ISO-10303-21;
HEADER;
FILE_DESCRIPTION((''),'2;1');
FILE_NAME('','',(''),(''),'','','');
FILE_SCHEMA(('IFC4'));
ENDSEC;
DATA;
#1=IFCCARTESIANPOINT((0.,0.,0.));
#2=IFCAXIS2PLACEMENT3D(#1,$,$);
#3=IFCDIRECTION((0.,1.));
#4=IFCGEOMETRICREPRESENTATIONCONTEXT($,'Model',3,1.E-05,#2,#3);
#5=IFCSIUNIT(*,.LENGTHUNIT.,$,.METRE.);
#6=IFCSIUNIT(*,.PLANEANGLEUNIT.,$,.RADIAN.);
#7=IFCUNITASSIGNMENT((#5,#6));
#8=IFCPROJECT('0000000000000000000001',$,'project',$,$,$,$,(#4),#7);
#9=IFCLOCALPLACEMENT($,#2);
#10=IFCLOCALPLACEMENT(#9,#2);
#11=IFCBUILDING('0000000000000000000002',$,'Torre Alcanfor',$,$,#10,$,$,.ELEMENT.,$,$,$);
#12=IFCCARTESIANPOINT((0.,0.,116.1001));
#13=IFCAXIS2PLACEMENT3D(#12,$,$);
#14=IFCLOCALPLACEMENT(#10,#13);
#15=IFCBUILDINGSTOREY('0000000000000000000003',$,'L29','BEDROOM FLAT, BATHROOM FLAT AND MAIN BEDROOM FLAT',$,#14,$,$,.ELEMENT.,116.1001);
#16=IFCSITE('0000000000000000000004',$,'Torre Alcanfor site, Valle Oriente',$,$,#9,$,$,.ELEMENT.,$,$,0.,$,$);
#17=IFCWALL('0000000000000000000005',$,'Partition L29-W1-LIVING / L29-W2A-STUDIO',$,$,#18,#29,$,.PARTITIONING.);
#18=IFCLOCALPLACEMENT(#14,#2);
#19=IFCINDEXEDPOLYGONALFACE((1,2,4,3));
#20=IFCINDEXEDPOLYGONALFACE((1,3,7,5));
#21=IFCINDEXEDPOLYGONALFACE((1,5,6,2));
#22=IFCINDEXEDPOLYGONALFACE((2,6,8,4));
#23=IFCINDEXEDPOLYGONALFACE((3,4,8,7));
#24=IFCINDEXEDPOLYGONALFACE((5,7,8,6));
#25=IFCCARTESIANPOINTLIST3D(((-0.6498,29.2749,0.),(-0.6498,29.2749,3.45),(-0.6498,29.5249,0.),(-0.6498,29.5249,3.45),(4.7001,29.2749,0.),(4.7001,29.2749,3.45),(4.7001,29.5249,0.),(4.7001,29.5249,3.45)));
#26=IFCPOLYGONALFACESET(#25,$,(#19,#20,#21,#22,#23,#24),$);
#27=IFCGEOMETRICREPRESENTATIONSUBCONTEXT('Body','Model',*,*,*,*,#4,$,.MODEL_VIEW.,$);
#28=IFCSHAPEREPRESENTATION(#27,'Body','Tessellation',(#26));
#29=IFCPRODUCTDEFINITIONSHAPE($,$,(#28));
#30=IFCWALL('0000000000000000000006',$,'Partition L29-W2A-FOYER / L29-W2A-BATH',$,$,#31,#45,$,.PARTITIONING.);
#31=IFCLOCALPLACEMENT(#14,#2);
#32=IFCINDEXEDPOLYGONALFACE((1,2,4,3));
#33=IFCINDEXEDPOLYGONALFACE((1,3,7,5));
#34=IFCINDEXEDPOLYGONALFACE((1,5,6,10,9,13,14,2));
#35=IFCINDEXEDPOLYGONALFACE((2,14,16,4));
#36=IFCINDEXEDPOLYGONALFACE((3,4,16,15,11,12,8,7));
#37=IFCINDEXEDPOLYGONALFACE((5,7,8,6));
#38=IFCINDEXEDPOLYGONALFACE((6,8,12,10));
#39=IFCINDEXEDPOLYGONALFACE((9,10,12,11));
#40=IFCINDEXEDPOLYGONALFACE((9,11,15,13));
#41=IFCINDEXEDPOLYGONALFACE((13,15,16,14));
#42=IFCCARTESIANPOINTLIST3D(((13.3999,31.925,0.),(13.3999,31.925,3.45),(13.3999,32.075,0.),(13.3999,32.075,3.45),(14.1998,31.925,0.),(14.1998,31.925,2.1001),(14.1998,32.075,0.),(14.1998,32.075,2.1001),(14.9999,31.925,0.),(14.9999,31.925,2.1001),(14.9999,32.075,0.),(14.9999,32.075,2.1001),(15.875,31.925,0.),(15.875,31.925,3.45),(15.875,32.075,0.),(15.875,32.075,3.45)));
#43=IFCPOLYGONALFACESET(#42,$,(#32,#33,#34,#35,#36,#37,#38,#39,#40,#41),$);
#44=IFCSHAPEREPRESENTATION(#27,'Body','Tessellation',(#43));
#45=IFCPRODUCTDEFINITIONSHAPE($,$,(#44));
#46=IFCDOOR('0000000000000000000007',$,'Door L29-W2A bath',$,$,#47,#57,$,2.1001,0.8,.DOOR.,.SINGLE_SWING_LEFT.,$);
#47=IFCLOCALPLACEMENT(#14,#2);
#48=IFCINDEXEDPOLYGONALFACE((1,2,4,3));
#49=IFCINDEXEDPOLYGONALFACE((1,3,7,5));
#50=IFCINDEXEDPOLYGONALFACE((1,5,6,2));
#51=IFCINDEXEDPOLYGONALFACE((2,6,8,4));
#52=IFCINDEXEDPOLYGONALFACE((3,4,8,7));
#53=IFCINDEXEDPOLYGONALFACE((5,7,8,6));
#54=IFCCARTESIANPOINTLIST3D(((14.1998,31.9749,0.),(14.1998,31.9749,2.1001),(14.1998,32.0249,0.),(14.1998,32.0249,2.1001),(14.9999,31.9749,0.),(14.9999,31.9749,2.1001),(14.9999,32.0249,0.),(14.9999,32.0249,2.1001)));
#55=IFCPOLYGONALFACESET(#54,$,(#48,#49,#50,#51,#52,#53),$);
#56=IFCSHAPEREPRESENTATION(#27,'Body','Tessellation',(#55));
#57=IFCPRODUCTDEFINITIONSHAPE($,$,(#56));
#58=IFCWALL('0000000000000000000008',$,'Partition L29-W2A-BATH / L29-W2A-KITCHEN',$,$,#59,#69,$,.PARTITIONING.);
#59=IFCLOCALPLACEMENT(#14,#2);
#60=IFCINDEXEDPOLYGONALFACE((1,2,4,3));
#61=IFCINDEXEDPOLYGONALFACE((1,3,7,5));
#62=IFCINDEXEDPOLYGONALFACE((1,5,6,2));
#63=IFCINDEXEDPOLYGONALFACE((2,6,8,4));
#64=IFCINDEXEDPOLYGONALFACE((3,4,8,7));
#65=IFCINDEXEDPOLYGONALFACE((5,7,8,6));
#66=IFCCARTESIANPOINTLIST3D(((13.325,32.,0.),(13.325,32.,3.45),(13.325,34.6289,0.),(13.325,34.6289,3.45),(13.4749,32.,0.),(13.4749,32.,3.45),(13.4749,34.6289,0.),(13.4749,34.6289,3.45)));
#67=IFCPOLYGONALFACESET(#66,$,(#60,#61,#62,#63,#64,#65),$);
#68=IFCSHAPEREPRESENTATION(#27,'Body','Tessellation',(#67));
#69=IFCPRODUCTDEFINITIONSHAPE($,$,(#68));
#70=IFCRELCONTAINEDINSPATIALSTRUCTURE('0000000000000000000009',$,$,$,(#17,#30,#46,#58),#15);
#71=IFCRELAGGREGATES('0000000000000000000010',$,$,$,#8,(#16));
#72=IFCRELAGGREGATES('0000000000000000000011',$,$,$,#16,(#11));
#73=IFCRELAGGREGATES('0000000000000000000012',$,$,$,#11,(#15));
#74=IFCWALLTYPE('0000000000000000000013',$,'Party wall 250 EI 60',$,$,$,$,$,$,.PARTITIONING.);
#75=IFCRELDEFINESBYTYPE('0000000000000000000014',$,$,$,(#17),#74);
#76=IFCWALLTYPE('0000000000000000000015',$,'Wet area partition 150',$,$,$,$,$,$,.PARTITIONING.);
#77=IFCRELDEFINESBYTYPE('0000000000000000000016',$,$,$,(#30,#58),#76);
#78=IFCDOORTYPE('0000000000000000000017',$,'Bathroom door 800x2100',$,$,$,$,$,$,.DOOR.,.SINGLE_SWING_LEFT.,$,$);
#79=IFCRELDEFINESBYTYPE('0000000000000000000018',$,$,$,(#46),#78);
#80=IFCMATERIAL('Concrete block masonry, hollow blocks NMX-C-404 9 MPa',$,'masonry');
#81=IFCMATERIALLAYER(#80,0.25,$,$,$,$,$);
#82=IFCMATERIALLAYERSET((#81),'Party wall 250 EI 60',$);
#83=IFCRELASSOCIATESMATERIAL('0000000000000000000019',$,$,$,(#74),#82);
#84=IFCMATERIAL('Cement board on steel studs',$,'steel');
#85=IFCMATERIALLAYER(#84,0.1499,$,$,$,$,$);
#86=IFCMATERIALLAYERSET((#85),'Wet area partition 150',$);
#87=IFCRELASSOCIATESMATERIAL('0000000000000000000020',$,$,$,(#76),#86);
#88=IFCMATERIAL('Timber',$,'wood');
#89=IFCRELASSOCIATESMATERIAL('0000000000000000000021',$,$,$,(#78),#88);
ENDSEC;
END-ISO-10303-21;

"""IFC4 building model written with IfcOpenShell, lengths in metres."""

from ifc_helpers import new_model, si_unit, direction, frame, frame_2d, origin, place, context, subcontext, project, spatial, rectangle, extrude, material, layer, layer_set, type_object, element, fill, save


model = new_model("IFC4")

# Units and contexts
model_context = context("Model", 3, precision=1e-05, world=origin(), true_north=direction((0.0, 1.0)))
body_context = subcontext(model_context, "Body", "Model", "MODEL_VIEW")
ifc_project = project(units=[si_unit("LENGTHUNIT", "METRE"), si_unit("PLANEANGLEUNIT", "RADIAN")], contexts=[model_context])

# Site, building, storey
site_placement = place(None, origin())
site = spatial("IfcSite", under=ifc_project, at=site_placement, Name="Torre Alcanfor site, Valle Oriente", CompositionType="ELEMENT", RefElevation=0.0)
building_placement = place(site_placement, origin())
building = spatial("IfcBuilding", under=site, at=building_placement, Name="Torre Alcanfor", CompositionType="ELEMENT")
storey_placement = place(building_placement, frame((0.0, 0.0, 116.1001)))
storey = spatial("IfcBuildingStorey", under=building, at=storey_placement, Name="L29", Description="BEDROOM FLAT, BATHROOM FLAT AND MAIN BEDROOM FLAT", CompositionType="ELEMENT", Elevation=116.1001)

# Wall
ifc_material_1 = material(Name="Concrete block masonry, hollow blocks NMX-C-404 9 MPa", Category="masonry")
ifc_layer_1 = layer(ifc_material_1, 0.25)
ifc_layer_set_1 = layer_set([ifc_layer_1], Name="Party wall 250 EI 60")
wall_type_1 = type_object("IfcWallType", Name="Party wall 250 EI 60", PredefinedType="PARTITIONING", material=ifc_layer_set_1)
wall_1_placement = place(storey_placement, frame((4.7, 29.3999, 0.0), z_axis=(0.0, 0.0, 1.0), x_axis=(-1.0, 0.0, 0.0)))
element("IfcWall", 1, at=wall_1_placement, inside=storey, type_object=wall_type_1, Name="Partition L29-W1-LIVING / L29-W2A-STUDIO", PredefinedType="PARTITIONING", context=body_context, shape_type="SweptSolid", body=[
    extrude(rectangle(XDim=5.3499, YDim=0.25, at=frame_2d((2.6748, 0.0))), origin(), (0.0, 0.0, 1.0), 3.45),
])

# Wall, opening, door
ifc_material_2 = material(Name="Cement board on steel studs", Category="steel")
ifc_layer_2 = layer(ifc_material_2, 0.1499)
ifc_layer_set_2 = layer_set([ifc_layer_2], Name="Wet area partition 150")
wall_type_2 = type_object("IfcWallType", Name="Wet area partition 150", PredefinedType="PARTITIONING", material=ifc_layer_set_2)
wall_2_placement = place(storey_placement, frame((13.3999, 32.0, 0.0), z_axis=(0.0, 0.0, 1.0), x_axis=(1.0, 0.0, 0.0)))
wall_2 = element("IfcWall", 2, at=wall_2_placement, inside=storey, type_object=wall_type_2, Name="Partition L29-W2A-FOYER / L29-W2A-BATH", PredefinedType="PARTITIONING", context=body_context, shape_type="SweptSolid", body=[
    extrude(rectangle(XDim=2.4751, YDim=0.1499, at=frame_2d((1.2375, 0.0))), origin(), (0.0, 0.0, 1.0), 3.45),
])
opening_placement = place(wall_2_placement, frame((0.8, 0.0, 0.0)))
opening = element("IfcOpeningElement", 3, at=opening_placement, cuts=wall_2, PredefinedType="OPENING", context=body_context, shape_type="SweptSolid", body=[
    extrude(rectangle(XDim=0.8, YDim=2.1001, at=frame_2d((0.3999, 1.05))), frame((0.0, 0.085, 0.0), z_axis=(0.0, -1.0, 0.0), x_axis=(1.0, 0.0, 0.0)), (0.0, 0.0, 1.0), 0.1699),
])
ifc_material_3 = material(Name="Timber", Category="wood")
door_type = type_object("IfcDoorType", Name="Bathroom door 800x2100", OperationType="SINGLE_SWING_LEFT", PredefinedType="DOOR", material=ifc_material_3)
door_placement = place(opening_placement, origin())
door = element("IfcDoor", 4, at=door_placement, inside=storey, type_object=door_type, Name="Door L29-W2A bath", OperationType="SINGLE_SWING_LEFT", OverallHeight=2.1001, OverallWidth=0.8, PredefinedType="DOOR", context=body_context, shape_type="SweptSolid", body=[
    extrude(rectangle(XDim=0.8, YDim=2.1001, at=frame_2d((0.3999, 1.05))), frame((0.0, 0.0249, 0.0), z_axis=(0.0, -1.0, 0.0), x_axis=(1.0, 0.0, 0.0)), (0.0, 0.0, 1.0), 0.05),
])
fill(opening, door)

# Wall
wall_3_placement = place(storey_placement, frame((13.3999, 32.0, 0.0), z_axis=(0.0, 0.0, 1.0), x_axis=(0.0, 1.0, 0.0)))
element("IfcWall", 5, at=wall_3_placement, inside=storey, type_object=wall_type_2, Name="Partition L29-W2A-BATH / L29-W2A-KITCHEN", PredefinedType="PARTITIONING", context=body_context, shape_type="SweptSolid", body=[
    extrude(rectangle(XDim=2.6289, YDim=0.1499, at=frame_2d((1.3145, 0.0))), origin(), (0.0, 0.0, 1.0), 3.45),
])

save(model, "model.ifc")
